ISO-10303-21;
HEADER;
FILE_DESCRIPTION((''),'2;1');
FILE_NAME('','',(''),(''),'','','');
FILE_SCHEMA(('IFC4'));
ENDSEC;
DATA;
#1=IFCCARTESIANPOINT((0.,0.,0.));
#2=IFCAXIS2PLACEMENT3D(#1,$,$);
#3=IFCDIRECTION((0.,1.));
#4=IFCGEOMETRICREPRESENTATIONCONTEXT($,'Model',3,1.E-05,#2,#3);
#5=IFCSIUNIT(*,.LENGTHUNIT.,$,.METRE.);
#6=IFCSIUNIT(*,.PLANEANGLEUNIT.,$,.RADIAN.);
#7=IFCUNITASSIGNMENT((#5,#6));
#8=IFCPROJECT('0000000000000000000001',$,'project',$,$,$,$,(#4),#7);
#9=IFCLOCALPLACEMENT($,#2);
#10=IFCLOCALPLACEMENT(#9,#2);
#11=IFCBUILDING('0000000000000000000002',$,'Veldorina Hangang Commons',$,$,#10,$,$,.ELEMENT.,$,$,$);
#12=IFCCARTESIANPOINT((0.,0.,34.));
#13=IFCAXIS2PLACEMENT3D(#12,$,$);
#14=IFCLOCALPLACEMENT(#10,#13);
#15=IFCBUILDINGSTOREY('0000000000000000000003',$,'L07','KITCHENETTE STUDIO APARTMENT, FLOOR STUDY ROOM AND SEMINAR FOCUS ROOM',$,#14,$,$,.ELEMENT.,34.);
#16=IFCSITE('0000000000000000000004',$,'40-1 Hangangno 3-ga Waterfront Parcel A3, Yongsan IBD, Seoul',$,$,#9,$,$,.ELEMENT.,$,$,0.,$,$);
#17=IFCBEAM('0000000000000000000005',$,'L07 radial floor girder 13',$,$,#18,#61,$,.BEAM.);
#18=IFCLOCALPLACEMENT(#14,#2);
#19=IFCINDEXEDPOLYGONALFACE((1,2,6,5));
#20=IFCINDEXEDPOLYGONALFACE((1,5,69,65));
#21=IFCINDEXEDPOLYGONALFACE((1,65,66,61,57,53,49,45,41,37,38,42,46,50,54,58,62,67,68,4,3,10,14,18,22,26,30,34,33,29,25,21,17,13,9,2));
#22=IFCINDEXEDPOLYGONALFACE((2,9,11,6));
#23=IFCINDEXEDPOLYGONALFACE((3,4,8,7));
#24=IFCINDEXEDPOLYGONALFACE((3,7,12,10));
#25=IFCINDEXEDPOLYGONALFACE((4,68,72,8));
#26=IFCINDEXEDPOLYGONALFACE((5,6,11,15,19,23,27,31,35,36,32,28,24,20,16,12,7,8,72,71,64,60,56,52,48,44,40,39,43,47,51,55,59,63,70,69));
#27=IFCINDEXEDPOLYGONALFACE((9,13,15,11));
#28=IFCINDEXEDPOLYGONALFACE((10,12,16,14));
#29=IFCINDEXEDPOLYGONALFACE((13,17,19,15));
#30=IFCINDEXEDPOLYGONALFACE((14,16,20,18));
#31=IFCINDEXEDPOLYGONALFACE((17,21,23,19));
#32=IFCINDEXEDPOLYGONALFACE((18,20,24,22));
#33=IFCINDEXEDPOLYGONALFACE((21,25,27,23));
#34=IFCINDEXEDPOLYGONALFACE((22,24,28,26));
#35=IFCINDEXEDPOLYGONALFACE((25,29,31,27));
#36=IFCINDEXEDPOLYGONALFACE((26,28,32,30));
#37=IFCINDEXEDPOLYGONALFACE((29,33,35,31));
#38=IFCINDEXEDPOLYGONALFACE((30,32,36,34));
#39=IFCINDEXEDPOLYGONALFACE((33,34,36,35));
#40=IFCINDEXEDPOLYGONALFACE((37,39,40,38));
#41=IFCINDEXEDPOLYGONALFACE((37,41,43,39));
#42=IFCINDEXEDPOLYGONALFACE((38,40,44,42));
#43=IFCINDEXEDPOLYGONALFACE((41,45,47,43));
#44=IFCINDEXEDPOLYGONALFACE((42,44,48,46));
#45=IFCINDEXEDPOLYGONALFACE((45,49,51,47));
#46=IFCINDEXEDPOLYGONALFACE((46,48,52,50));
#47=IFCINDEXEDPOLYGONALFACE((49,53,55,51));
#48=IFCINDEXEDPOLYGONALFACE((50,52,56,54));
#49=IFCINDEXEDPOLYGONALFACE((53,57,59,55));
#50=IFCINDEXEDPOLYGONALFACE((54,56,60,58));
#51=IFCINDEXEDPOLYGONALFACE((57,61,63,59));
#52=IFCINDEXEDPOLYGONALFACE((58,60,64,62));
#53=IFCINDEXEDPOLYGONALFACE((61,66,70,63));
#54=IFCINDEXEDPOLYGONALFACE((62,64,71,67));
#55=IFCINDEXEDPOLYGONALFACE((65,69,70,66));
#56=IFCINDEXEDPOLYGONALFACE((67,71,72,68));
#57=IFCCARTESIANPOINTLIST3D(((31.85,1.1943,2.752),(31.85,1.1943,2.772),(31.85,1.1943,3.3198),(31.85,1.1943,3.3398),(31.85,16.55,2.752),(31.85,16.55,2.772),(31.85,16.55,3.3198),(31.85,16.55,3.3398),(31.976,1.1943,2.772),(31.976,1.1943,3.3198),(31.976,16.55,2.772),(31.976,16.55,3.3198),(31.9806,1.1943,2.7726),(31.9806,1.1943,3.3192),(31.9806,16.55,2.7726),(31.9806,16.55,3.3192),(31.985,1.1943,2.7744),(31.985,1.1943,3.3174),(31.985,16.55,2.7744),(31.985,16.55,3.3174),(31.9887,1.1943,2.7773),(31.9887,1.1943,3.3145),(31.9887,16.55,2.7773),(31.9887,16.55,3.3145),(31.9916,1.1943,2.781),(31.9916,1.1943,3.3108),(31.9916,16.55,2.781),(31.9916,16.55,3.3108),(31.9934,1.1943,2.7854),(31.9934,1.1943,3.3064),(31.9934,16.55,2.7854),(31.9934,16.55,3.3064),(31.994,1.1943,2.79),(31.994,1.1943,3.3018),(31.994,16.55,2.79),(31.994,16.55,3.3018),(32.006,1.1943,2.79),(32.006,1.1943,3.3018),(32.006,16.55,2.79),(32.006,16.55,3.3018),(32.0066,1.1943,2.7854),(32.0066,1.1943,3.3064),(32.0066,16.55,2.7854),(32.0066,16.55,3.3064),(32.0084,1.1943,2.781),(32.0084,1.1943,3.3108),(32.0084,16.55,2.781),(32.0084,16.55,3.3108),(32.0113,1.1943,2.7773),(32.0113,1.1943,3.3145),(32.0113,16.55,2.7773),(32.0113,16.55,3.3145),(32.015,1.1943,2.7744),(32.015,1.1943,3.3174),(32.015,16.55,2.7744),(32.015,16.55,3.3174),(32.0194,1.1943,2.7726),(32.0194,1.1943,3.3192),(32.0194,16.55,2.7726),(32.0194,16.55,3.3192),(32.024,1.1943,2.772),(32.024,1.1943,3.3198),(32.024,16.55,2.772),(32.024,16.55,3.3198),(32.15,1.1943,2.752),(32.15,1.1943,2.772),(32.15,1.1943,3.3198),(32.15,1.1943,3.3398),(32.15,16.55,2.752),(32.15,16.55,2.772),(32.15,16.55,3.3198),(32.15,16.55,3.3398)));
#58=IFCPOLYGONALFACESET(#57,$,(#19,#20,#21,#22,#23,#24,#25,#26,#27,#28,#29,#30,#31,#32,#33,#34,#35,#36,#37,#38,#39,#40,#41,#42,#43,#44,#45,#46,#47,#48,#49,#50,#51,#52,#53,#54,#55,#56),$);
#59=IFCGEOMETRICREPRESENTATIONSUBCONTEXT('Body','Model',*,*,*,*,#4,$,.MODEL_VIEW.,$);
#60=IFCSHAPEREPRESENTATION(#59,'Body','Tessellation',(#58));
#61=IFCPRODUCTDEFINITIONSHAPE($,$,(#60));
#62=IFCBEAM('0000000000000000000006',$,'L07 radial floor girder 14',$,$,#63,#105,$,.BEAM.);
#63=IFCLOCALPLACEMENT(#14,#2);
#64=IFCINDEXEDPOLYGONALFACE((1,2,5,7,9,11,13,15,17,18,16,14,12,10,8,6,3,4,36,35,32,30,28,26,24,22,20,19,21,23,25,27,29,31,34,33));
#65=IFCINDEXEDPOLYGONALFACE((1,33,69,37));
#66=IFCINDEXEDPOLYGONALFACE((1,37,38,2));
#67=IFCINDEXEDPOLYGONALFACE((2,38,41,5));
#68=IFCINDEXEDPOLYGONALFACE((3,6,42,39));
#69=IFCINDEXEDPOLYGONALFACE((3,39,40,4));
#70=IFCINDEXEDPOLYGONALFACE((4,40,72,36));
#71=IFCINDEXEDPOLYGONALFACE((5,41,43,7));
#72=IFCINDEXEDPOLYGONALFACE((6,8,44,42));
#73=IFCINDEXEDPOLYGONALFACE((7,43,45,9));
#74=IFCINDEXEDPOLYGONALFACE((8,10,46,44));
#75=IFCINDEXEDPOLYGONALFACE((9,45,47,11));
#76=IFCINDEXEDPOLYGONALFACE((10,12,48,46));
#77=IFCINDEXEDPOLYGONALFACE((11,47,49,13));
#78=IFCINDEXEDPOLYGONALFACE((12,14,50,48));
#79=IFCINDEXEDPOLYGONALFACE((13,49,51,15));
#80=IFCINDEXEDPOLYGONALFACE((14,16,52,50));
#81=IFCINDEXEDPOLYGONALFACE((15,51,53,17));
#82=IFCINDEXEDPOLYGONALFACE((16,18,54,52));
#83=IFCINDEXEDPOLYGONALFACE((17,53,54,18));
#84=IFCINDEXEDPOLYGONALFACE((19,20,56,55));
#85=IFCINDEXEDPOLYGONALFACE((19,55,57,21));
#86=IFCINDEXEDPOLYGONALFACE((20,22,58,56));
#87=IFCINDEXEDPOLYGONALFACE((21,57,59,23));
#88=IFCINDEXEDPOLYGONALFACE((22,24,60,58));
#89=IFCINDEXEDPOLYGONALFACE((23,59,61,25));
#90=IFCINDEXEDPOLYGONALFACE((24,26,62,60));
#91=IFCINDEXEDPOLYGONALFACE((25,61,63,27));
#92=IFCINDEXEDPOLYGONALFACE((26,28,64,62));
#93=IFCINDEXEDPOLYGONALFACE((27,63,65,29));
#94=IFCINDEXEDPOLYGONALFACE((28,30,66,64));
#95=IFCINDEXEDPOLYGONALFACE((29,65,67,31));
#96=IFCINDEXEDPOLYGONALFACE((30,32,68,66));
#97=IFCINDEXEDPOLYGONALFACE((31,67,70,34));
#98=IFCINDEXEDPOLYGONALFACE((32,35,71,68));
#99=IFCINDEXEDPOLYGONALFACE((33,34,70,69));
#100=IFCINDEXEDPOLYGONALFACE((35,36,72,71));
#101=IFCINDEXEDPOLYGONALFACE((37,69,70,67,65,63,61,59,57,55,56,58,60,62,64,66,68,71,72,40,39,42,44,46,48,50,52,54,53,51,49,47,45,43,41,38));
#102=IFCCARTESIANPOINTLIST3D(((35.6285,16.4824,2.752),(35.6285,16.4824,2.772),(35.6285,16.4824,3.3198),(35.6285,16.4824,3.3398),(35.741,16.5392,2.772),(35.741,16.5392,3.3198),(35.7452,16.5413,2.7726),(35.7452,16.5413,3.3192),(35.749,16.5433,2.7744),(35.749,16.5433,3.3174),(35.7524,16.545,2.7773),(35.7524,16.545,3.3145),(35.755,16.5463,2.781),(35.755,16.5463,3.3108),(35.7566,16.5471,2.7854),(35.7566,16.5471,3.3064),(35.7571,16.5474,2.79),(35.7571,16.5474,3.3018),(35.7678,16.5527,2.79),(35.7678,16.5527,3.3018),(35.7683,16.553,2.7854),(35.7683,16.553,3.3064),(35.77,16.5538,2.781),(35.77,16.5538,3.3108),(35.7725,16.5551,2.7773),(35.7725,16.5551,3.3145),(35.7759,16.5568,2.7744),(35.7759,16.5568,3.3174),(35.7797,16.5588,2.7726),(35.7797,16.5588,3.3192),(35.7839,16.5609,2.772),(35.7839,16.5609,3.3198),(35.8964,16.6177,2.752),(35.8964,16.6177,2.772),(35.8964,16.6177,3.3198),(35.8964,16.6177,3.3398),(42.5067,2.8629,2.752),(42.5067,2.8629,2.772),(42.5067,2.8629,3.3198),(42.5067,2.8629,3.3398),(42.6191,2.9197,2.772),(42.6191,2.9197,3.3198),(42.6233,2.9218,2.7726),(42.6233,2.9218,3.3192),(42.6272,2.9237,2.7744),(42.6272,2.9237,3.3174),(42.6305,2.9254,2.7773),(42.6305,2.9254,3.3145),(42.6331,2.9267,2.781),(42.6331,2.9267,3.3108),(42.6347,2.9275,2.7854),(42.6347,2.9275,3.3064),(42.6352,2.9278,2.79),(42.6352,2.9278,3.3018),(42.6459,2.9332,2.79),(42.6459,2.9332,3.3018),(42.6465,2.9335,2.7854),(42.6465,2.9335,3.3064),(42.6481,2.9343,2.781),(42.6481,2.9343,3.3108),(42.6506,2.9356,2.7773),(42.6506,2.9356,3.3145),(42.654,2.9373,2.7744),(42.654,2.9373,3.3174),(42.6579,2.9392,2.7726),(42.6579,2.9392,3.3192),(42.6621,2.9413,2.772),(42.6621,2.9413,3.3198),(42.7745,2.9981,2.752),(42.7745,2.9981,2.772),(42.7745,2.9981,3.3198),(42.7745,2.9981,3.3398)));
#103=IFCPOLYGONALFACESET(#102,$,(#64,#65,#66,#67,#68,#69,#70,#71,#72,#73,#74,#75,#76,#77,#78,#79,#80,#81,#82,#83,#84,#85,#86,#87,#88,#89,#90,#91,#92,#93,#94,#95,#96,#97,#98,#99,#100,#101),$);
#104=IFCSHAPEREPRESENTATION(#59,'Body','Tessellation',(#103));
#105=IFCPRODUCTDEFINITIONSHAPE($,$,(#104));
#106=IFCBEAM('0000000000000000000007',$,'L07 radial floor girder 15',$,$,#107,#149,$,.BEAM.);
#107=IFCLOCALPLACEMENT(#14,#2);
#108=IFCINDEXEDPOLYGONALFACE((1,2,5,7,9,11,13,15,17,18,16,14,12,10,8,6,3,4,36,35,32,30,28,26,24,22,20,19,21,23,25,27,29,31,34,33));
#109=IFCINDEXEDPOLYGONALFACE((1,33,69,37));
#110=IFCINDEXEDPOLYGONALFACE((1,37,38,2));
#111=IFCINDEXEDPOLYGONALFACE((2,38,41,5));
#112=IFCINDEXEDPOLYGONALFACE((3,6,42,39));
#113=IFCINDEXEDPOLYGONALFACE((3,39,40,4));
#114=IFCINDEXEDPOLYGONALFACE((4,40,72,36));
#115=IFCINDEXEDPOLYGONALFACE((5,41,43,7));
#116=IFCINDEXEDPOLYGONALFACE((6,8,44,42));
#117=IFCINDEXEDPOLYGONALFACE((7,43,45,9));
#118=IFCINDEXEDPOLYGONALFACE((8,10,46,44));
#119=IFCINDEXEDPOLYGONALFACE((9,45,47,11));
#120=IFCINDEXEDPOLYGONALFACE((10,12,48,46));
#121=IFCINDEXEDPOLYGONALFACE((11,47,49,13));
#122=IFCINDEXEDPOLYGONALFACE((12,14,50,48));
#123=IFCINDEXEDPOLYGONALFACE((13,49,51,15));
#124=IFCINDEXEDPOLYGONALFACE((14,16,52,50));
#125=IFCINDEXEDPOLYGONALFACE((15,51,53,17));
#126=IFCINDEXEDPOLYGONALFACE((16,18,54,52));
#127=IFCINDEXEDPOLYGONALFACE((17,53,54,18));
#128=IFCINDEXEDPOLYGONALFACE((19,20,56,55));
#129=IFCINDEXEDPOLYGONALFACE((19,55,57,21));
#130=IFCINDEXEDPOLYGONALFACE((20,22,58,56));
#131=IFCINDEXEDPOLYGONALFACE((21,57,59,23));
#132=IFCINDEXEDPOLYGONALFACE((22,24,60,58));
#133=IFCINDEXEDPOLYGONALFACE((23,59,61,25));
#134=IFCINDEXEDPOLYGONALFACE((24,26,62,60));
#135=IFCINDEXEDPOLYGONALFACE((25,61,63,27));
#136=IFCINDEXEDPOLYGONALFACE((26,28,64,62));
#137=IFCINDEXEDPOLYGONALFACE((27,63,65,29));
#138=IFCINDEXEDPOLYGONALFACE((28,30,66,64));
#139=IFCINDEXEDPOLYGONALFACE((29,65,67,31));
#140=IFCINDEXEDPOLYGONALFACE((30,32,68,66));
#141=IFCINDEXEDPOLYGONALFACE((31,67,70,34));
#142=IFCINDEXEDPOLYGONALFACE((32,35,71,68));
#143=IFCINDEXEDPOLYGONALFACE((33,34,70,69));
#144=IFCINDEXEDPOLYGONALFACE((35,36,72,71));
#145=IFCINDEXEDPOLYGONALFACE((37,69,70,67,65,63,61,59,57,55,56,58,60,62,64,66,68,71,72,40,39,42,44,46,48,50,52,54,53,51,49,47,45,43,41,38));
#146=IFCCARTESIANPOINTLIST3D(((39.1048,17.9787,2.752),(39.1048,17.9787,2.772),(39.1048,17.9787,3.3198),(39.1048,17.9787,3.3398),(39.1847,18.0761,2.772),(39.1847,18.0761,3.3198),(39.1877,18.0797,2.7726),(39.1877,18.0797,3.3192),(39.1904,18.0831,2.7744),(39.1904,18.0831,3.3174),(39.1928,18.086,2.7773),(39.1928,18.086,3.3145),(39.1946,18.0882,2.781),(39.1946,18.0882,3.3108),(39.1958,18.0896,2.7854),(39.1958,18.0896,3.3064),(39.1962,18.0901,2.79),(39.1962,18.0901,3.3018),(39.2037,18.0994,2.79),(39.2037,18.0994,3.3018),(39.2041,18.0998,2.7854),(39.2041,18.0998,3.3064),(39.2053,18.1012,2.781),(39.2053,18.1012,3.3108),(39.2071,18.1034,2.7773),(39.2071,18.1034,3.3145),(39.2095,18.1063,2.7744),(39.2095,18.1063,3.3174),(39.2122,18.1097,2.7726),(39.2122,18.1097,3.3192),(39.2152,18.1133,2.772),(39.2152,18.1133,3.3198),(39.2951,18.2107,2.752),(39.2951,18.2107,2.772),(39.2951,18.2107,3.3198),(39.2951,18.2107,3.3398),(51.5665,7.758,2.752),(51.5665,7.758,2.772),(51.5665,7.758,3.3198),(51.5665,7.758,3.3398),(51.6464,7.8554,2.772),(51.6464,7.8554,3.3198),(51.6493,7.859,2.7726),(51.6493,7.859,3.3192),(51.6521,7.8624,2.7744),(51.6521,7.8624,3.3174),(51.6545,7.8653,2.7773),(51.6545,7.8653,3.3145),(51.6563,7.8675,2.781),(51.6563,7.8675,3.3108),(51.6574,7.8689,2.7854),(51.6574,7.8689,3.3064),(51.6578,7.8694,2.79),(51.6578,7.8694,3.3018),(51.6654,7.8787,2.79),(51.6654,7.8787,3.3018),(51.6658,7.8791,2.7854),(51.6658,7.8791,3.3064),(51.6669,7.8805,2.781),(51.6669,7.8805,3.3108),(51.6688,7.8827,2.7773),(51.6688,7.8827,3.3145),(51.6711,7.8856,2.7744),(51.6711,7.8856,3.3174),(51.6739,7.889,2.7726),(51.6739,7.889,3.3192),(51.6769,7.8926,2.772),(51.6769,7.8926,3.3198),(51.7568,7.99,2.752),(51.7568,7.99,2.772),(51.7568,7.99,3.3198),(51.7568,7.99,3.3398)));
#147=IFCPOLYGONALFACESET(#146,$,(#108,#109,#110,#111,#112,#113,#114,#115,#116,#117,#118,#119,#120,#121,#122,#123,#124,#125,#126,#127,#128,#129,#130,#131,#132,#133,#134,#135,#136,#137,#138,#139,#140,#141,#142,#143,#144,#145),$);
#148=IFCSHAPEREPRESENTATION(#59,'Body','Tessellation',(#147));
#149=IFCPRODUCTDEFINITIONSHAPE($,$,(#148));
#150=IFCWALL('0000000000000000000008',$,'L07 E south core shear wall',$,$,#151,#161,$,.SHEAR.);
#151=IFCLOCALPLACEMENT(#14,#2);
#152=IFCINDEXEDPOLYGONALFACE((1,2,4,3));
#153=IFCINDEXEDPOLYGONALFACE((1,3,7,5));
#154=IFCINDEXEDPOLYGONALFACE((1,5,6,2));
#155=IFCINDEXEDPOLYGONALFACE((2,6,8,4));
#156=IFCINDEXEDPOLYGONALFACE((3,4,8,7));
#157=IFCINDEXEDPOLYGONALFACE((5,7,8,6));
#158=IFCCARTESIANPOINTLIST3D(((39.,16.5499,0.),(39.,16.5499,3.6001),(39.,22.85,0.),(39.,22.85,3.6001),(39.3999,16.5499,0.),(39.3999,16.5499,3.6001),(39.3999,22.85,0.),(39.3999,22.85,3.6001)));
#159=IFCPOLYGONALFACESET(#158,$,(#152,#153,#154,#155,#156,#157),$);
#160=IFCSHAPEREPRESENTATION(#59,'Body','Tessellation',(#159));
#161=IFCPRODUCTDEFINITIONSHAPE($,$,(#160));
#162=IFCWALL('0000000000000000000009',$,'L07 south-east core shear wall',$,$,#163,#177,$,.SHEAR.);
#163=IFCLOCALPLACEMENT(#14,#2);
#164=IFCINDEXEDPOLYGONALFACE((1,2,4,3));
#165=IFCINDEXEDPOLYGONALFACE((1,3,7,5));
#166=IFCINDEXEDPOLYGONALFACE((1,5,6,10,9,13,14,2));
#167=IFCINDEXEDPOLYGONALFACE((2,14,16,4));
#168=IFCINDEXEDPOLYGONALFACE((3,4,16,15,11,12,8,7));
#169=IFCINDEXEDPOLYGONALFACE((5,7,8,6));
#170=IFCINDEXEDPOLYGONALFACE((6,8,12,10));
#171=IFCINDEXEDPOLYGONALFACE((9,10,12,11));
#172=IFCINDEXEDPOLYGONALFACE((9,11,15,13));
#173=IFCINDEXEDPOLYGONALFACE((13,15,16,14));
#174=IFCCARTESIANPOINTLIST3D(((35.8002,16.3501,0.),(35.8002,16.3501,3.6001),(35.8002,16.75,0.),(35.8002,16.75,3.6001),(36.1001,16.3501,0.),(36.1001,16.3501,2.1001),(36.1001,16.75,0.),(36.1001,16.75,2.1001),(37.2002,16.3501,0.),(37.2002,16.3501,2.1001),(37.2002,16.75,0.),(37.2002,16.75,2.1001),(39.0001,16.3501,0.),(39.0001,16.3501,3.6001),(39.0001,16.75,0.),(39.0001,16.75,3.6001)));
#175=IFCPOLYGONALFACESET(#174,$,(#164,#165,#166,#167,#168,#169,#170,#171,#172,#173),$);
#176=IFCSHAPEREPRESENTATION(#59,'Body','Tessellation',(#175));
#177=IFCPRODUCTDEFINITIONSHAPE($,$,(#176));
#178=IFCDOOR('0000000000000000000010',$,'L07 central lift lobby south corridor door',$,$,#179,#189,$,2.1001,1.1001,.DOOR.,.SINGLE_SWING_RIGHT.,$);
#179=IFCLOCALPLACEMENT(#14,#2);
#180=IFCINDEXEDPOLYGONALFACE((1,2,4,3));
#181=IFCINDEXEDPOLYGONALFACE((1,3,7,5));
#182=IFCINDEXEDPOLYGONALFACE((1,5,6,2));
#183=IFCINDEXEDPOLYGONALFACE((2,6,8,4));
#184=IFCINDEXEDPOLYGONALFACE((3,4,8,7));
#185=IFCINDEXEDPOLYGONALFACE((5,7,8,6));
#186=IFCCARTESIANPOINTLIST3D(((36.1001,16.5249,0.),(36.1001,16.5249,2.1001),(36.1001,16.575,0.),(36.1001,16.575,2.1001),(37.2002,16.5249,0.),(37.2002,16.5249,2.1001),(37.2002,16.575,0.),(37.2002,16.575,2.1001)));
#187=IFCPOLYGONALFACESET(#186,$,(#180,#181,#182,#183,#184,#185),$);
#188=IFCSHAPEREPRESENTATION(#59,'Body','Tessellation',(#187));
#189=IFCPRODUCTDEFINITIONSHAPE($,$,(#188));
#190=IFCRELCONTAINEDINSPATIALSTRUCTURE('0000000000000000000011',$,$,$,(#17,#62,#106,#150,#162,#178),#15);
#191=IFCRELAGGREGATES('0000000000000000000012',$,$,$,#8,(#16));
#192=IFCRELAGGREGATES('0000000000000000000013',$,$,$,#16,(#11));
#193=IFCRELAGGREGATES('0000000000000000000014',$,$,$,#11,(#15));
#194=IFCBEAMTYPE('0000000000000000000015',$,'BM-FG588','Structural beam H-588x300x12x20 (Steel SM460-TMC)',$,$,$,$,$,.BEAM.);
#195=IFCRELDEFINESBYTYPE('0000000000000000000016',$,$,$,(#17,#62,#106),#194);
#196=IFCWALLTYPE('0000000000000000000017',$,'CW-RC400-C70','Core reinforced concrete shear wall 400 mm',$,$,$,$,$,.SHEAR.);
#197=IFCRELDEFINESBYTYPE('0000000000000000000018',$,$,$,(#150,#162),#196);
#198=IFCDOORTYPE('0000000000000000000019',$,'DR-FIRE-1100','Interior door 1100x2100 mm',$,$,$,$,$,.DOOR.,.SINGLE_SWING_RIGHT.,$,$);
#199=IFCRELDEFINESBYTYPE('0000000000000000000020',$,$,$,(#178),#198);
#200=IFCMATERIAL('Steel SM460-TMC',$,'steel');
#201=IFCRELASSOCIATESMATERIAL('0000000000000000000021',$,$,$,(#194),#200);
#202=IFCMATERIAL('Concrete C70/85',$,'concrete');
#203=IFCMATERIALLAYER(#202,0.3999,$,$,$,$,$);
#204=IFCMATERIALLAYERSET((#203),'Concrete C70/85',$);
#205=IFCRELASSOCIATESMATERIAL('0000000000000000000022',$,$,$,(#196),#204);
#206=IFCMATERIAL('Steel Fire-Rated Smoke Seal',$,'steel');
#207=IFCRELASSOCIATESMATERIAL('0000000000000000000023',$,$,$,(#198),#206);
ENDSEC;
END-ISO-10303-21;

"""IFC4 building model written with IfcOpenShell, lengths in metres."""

from ifc_helpers import new_model, si_unit, direction, frame, frame_2d, origin, origin_2d, place, context, subcontext, project, spatial, rectangle, i_section, extrude, material, layer, layer_set, material_profile, profile_set, type_object, element, fill, save


model = new_model("IFC4")

# Units and contexts
model_context = context("Model", 3, precision=1e-05, world=origin(), true_north=direction((0.0, 1.0)))
body_context = subcontext(model_context, "Body", "Model", "MODEL_VIEW")
ifc_project = project(units=[si_unit("LENGTHUNIT", "METRE"), si_unit("PLANEANGLEUNIT", "RADIAN")], contexts=[model_context])

# Site, building, storey
site_placement = place(None, origin())
site = spatial("IfcSite", under=ifc_project, at=site_placement, Name="40-1 Hangangno 3-ga Waterfront Parcel A3, Yongsan IBD, Seoul", CompositionType="ELEMENT", RefElevation=0.0)
building_placement = place(site_placement, origin())
building = spatial("IfcBuilding", under=site, at=building_placement, Name="Veldorina Hangang Commons", CompositionType="ELEMENT")
storey_placement = place(building_placement, frame((0.0, 0.0, 34.0)))
storey = spatial("IfcBuildingStorey", under=building, at=storey_placement, Name="L07", Description="KITCHENETTE STUDIO APARTMENT, FLOOR STUDY ROOM AND SEMINAR FOCUS ROOM", CompositionType="ELEMENT", Elevation=34.0)

# Beams
ifc_material_1 = material(Name="Steel SM460-TMC", Category="steel")
ifc_material_profile = material_profile(ifc_material_1, i_section(OverallWidth=0.3, OverallDepth=0.5879, WebThickness=0.012, FlangeThickness=0.02, FilletRadius=0.0181, at=origin_2d()), Name="H-588x300x12x20")
ifc_profile_set = profile_set([ifc_material_profile], Name="Steel SM460-TMC")
beam_type = type_object("IfcBeamType", Name="BM-FG588", Description="Structural beam H-588x300x12x20 (Steel SM460-TMC)", PredefinedType="BEAM", material=ifc_profile_set)
beam_1_placement = place(storey_placement, frame((32.0, 16.55, 3.0459), z_axis=(0.0, -1.0, 0.0), x_axis=(1.0, 0.0, 0.0)))
element("IfcBeam", 1, at=beam_1_placement, inside=storey, type_object=beam_type, Name="L07 radial floor girder 13", PredefinedType="BEAM", context=body_context, shape_type="SweptSolid", body=[
    extrude(i_section(OverallWidth=0.3, OverallDepth=0.5879, WebThickness=0.012, FlangeThickness=0.02, FilletRadius=0.0181, at=origin_2d()), origin(), (0.0, 0.0, 1.0), 15.3557),
])
beam_2_placement = place(storey_placement, frame((35.7625, 16.55, 3.0459), z_axis=(0.450794, -0.892628, 0.0), x_axis=(0.892628, 0.450794, 0.0)))
element("IfcBeam", 2, at=beam_2_placement, inside=storey, type_object=beam_type, Name="L07 radial floor girder 14", PredefinedType="BEAM", context=body_context, shape_type="SweptSolid", body=[
    extrude(i_section(OverallWidth=0.3, OverallDepth=0.5879, WebThickness=0.012, FlangeThickness=0.02, FilletRadius=0.0181, at=origin_2d()), origin(), (0.0, 0.0, 1.0), 15.2578),
])
beam_3_placement = place(storey_placement, frame((39.2, 18.0947, 3.0459), z_axis=(0.773203, -0.634159, 0.0), x_axis=(0.634159, 0.773203, 0.0)))
element("IfcBeam", 3, at=beam_3_placement, inside=storey, type_object=beam_type, Name="L07 radial floor girder 15", PredefinedType="BEAM", context=body_context, shape_type="SweptSolid", body=[
    extrude(i_section(OverallWidth=0.3, OverallDepth=0.5879, WebThickness=0.012, FlangeThickness=0.02, FilletRadius=0.0181, at=origin_2d()), origin(), (0.0, 0.0, 1.0), 16.1169),
])

# Wall
ifc_material_2 = material(Name="Concrete C70/85", Category="concrete")
ifc_layer_1 = layer(ifc_material_2, 0.3999)
ifc_layer_set_1 = layer_set([ifc_layer_1], Name="Concrete C70/85")
wall_type_1 = type_object("IfcWallType", Name="CW-RC400-C70", Description="Core reinforced concrete shear wall 400 mm", PredefinedType="SHEAR", material=ifc_layer_set_1)
wall_1_placement = place(storey_placement, frame((39.2, 16.55, 0.0), z_axis=(0.0, 0.0, 1.0), x_axis=(0.0, 1.0, 0.0)))
element("IfcWall", 4, at=wall_1_placement, inside=storey, type_object=wall_type_1, Name="L07 E south core shear wall", PredefinedType="SHEAR", context=body_context, shape_type="SweptSolid", body=[
    extrude(rectangle(XDim=6.3, YDim=0.3999, at=frame_2d((3.1499, 0.0))), origin(), (0.0, 0.0, 1.0), 3.6001),
])

# Wall, opening, door
wall_2_placement = place(storey_placement, frame((35.8, 16.55, 0.0), z_axis=(0.0, 0.0, 1.0), x_axis=(1.0, 0.0, 0.0)))
wall_2 = element("IfcWall", 5, at=wall_2_placement, inside=storey, type_object=wall_type_1, Name="L07 south-east core shear wall", PredefinedType="SHEAR", context=body_context, shape_type="SweptSolid", body=[
    extrude(rectangle(XDim=3.2, YDim=0.3999, at=frame_2d((1.6001, 0.0))), origin(), (0.0, 0.0, 1.0), 3.6001),
])
opening_1_placement = place(wall_2_placement, frame((0.3, 0.0, 0.0)))
opening_1 = element("IfcOpeningElement", 6, at=opening_1_placement, cuts=wall_2, PredefinedType="OPENING", context=body_context, shape_type="SweptSolid", body=[
    extrude(rectangle(XDim=1.1001, YDim=2.1001, at=frame_2d((0.55, 1.05))), frame((0.0, 0.21, 0.0), z_axis=(0.0, -1.0, 0.0), x_axis=(1.0, 0.0, 0.0)), (0.0, 0.0, 1.0), 0.4199),
])
ifc_material_3 = material(Name="Steel Fire-Rated Smoke Seal", Category="steel")
door_type_1 = type_object("IfcDoorType", Name="DR-FIRE-1100", Description="Interior door 1100x2100 mm", OperationType="SINGLE_SWING_RIGHT", PredefinedType="DOOR", material=ifc_material_3)
door_1_placement = place(opening_1_placement, origin())
door_1 = element("IfcDoor", 7, at=door_1_placement, inside=storey, type_object=door_type_1, Name="L07 central lift lobby south corridor door", OperationType="SINGLE_SWING_RIGHT", OverallHeight=2.1001, OverallWidth=1.1001, PredefinedType="DOOR", context=body_context, shape_type="SweptSolid", body=[
    extrude(rectangle(XDim=1.1001, YDim=2.1001, at=frame_2d((0.55, 1.05))), frame((0.0, 0.0249, 0.0), z_axis=(0.0, -1.0, 0.0), x_axis=(1.0, 0.0, 0.0)), (0.0, 0.0, 1.0), 0.05),
])
fill(opening_1, door_1)

save(model, "model.ifc")
